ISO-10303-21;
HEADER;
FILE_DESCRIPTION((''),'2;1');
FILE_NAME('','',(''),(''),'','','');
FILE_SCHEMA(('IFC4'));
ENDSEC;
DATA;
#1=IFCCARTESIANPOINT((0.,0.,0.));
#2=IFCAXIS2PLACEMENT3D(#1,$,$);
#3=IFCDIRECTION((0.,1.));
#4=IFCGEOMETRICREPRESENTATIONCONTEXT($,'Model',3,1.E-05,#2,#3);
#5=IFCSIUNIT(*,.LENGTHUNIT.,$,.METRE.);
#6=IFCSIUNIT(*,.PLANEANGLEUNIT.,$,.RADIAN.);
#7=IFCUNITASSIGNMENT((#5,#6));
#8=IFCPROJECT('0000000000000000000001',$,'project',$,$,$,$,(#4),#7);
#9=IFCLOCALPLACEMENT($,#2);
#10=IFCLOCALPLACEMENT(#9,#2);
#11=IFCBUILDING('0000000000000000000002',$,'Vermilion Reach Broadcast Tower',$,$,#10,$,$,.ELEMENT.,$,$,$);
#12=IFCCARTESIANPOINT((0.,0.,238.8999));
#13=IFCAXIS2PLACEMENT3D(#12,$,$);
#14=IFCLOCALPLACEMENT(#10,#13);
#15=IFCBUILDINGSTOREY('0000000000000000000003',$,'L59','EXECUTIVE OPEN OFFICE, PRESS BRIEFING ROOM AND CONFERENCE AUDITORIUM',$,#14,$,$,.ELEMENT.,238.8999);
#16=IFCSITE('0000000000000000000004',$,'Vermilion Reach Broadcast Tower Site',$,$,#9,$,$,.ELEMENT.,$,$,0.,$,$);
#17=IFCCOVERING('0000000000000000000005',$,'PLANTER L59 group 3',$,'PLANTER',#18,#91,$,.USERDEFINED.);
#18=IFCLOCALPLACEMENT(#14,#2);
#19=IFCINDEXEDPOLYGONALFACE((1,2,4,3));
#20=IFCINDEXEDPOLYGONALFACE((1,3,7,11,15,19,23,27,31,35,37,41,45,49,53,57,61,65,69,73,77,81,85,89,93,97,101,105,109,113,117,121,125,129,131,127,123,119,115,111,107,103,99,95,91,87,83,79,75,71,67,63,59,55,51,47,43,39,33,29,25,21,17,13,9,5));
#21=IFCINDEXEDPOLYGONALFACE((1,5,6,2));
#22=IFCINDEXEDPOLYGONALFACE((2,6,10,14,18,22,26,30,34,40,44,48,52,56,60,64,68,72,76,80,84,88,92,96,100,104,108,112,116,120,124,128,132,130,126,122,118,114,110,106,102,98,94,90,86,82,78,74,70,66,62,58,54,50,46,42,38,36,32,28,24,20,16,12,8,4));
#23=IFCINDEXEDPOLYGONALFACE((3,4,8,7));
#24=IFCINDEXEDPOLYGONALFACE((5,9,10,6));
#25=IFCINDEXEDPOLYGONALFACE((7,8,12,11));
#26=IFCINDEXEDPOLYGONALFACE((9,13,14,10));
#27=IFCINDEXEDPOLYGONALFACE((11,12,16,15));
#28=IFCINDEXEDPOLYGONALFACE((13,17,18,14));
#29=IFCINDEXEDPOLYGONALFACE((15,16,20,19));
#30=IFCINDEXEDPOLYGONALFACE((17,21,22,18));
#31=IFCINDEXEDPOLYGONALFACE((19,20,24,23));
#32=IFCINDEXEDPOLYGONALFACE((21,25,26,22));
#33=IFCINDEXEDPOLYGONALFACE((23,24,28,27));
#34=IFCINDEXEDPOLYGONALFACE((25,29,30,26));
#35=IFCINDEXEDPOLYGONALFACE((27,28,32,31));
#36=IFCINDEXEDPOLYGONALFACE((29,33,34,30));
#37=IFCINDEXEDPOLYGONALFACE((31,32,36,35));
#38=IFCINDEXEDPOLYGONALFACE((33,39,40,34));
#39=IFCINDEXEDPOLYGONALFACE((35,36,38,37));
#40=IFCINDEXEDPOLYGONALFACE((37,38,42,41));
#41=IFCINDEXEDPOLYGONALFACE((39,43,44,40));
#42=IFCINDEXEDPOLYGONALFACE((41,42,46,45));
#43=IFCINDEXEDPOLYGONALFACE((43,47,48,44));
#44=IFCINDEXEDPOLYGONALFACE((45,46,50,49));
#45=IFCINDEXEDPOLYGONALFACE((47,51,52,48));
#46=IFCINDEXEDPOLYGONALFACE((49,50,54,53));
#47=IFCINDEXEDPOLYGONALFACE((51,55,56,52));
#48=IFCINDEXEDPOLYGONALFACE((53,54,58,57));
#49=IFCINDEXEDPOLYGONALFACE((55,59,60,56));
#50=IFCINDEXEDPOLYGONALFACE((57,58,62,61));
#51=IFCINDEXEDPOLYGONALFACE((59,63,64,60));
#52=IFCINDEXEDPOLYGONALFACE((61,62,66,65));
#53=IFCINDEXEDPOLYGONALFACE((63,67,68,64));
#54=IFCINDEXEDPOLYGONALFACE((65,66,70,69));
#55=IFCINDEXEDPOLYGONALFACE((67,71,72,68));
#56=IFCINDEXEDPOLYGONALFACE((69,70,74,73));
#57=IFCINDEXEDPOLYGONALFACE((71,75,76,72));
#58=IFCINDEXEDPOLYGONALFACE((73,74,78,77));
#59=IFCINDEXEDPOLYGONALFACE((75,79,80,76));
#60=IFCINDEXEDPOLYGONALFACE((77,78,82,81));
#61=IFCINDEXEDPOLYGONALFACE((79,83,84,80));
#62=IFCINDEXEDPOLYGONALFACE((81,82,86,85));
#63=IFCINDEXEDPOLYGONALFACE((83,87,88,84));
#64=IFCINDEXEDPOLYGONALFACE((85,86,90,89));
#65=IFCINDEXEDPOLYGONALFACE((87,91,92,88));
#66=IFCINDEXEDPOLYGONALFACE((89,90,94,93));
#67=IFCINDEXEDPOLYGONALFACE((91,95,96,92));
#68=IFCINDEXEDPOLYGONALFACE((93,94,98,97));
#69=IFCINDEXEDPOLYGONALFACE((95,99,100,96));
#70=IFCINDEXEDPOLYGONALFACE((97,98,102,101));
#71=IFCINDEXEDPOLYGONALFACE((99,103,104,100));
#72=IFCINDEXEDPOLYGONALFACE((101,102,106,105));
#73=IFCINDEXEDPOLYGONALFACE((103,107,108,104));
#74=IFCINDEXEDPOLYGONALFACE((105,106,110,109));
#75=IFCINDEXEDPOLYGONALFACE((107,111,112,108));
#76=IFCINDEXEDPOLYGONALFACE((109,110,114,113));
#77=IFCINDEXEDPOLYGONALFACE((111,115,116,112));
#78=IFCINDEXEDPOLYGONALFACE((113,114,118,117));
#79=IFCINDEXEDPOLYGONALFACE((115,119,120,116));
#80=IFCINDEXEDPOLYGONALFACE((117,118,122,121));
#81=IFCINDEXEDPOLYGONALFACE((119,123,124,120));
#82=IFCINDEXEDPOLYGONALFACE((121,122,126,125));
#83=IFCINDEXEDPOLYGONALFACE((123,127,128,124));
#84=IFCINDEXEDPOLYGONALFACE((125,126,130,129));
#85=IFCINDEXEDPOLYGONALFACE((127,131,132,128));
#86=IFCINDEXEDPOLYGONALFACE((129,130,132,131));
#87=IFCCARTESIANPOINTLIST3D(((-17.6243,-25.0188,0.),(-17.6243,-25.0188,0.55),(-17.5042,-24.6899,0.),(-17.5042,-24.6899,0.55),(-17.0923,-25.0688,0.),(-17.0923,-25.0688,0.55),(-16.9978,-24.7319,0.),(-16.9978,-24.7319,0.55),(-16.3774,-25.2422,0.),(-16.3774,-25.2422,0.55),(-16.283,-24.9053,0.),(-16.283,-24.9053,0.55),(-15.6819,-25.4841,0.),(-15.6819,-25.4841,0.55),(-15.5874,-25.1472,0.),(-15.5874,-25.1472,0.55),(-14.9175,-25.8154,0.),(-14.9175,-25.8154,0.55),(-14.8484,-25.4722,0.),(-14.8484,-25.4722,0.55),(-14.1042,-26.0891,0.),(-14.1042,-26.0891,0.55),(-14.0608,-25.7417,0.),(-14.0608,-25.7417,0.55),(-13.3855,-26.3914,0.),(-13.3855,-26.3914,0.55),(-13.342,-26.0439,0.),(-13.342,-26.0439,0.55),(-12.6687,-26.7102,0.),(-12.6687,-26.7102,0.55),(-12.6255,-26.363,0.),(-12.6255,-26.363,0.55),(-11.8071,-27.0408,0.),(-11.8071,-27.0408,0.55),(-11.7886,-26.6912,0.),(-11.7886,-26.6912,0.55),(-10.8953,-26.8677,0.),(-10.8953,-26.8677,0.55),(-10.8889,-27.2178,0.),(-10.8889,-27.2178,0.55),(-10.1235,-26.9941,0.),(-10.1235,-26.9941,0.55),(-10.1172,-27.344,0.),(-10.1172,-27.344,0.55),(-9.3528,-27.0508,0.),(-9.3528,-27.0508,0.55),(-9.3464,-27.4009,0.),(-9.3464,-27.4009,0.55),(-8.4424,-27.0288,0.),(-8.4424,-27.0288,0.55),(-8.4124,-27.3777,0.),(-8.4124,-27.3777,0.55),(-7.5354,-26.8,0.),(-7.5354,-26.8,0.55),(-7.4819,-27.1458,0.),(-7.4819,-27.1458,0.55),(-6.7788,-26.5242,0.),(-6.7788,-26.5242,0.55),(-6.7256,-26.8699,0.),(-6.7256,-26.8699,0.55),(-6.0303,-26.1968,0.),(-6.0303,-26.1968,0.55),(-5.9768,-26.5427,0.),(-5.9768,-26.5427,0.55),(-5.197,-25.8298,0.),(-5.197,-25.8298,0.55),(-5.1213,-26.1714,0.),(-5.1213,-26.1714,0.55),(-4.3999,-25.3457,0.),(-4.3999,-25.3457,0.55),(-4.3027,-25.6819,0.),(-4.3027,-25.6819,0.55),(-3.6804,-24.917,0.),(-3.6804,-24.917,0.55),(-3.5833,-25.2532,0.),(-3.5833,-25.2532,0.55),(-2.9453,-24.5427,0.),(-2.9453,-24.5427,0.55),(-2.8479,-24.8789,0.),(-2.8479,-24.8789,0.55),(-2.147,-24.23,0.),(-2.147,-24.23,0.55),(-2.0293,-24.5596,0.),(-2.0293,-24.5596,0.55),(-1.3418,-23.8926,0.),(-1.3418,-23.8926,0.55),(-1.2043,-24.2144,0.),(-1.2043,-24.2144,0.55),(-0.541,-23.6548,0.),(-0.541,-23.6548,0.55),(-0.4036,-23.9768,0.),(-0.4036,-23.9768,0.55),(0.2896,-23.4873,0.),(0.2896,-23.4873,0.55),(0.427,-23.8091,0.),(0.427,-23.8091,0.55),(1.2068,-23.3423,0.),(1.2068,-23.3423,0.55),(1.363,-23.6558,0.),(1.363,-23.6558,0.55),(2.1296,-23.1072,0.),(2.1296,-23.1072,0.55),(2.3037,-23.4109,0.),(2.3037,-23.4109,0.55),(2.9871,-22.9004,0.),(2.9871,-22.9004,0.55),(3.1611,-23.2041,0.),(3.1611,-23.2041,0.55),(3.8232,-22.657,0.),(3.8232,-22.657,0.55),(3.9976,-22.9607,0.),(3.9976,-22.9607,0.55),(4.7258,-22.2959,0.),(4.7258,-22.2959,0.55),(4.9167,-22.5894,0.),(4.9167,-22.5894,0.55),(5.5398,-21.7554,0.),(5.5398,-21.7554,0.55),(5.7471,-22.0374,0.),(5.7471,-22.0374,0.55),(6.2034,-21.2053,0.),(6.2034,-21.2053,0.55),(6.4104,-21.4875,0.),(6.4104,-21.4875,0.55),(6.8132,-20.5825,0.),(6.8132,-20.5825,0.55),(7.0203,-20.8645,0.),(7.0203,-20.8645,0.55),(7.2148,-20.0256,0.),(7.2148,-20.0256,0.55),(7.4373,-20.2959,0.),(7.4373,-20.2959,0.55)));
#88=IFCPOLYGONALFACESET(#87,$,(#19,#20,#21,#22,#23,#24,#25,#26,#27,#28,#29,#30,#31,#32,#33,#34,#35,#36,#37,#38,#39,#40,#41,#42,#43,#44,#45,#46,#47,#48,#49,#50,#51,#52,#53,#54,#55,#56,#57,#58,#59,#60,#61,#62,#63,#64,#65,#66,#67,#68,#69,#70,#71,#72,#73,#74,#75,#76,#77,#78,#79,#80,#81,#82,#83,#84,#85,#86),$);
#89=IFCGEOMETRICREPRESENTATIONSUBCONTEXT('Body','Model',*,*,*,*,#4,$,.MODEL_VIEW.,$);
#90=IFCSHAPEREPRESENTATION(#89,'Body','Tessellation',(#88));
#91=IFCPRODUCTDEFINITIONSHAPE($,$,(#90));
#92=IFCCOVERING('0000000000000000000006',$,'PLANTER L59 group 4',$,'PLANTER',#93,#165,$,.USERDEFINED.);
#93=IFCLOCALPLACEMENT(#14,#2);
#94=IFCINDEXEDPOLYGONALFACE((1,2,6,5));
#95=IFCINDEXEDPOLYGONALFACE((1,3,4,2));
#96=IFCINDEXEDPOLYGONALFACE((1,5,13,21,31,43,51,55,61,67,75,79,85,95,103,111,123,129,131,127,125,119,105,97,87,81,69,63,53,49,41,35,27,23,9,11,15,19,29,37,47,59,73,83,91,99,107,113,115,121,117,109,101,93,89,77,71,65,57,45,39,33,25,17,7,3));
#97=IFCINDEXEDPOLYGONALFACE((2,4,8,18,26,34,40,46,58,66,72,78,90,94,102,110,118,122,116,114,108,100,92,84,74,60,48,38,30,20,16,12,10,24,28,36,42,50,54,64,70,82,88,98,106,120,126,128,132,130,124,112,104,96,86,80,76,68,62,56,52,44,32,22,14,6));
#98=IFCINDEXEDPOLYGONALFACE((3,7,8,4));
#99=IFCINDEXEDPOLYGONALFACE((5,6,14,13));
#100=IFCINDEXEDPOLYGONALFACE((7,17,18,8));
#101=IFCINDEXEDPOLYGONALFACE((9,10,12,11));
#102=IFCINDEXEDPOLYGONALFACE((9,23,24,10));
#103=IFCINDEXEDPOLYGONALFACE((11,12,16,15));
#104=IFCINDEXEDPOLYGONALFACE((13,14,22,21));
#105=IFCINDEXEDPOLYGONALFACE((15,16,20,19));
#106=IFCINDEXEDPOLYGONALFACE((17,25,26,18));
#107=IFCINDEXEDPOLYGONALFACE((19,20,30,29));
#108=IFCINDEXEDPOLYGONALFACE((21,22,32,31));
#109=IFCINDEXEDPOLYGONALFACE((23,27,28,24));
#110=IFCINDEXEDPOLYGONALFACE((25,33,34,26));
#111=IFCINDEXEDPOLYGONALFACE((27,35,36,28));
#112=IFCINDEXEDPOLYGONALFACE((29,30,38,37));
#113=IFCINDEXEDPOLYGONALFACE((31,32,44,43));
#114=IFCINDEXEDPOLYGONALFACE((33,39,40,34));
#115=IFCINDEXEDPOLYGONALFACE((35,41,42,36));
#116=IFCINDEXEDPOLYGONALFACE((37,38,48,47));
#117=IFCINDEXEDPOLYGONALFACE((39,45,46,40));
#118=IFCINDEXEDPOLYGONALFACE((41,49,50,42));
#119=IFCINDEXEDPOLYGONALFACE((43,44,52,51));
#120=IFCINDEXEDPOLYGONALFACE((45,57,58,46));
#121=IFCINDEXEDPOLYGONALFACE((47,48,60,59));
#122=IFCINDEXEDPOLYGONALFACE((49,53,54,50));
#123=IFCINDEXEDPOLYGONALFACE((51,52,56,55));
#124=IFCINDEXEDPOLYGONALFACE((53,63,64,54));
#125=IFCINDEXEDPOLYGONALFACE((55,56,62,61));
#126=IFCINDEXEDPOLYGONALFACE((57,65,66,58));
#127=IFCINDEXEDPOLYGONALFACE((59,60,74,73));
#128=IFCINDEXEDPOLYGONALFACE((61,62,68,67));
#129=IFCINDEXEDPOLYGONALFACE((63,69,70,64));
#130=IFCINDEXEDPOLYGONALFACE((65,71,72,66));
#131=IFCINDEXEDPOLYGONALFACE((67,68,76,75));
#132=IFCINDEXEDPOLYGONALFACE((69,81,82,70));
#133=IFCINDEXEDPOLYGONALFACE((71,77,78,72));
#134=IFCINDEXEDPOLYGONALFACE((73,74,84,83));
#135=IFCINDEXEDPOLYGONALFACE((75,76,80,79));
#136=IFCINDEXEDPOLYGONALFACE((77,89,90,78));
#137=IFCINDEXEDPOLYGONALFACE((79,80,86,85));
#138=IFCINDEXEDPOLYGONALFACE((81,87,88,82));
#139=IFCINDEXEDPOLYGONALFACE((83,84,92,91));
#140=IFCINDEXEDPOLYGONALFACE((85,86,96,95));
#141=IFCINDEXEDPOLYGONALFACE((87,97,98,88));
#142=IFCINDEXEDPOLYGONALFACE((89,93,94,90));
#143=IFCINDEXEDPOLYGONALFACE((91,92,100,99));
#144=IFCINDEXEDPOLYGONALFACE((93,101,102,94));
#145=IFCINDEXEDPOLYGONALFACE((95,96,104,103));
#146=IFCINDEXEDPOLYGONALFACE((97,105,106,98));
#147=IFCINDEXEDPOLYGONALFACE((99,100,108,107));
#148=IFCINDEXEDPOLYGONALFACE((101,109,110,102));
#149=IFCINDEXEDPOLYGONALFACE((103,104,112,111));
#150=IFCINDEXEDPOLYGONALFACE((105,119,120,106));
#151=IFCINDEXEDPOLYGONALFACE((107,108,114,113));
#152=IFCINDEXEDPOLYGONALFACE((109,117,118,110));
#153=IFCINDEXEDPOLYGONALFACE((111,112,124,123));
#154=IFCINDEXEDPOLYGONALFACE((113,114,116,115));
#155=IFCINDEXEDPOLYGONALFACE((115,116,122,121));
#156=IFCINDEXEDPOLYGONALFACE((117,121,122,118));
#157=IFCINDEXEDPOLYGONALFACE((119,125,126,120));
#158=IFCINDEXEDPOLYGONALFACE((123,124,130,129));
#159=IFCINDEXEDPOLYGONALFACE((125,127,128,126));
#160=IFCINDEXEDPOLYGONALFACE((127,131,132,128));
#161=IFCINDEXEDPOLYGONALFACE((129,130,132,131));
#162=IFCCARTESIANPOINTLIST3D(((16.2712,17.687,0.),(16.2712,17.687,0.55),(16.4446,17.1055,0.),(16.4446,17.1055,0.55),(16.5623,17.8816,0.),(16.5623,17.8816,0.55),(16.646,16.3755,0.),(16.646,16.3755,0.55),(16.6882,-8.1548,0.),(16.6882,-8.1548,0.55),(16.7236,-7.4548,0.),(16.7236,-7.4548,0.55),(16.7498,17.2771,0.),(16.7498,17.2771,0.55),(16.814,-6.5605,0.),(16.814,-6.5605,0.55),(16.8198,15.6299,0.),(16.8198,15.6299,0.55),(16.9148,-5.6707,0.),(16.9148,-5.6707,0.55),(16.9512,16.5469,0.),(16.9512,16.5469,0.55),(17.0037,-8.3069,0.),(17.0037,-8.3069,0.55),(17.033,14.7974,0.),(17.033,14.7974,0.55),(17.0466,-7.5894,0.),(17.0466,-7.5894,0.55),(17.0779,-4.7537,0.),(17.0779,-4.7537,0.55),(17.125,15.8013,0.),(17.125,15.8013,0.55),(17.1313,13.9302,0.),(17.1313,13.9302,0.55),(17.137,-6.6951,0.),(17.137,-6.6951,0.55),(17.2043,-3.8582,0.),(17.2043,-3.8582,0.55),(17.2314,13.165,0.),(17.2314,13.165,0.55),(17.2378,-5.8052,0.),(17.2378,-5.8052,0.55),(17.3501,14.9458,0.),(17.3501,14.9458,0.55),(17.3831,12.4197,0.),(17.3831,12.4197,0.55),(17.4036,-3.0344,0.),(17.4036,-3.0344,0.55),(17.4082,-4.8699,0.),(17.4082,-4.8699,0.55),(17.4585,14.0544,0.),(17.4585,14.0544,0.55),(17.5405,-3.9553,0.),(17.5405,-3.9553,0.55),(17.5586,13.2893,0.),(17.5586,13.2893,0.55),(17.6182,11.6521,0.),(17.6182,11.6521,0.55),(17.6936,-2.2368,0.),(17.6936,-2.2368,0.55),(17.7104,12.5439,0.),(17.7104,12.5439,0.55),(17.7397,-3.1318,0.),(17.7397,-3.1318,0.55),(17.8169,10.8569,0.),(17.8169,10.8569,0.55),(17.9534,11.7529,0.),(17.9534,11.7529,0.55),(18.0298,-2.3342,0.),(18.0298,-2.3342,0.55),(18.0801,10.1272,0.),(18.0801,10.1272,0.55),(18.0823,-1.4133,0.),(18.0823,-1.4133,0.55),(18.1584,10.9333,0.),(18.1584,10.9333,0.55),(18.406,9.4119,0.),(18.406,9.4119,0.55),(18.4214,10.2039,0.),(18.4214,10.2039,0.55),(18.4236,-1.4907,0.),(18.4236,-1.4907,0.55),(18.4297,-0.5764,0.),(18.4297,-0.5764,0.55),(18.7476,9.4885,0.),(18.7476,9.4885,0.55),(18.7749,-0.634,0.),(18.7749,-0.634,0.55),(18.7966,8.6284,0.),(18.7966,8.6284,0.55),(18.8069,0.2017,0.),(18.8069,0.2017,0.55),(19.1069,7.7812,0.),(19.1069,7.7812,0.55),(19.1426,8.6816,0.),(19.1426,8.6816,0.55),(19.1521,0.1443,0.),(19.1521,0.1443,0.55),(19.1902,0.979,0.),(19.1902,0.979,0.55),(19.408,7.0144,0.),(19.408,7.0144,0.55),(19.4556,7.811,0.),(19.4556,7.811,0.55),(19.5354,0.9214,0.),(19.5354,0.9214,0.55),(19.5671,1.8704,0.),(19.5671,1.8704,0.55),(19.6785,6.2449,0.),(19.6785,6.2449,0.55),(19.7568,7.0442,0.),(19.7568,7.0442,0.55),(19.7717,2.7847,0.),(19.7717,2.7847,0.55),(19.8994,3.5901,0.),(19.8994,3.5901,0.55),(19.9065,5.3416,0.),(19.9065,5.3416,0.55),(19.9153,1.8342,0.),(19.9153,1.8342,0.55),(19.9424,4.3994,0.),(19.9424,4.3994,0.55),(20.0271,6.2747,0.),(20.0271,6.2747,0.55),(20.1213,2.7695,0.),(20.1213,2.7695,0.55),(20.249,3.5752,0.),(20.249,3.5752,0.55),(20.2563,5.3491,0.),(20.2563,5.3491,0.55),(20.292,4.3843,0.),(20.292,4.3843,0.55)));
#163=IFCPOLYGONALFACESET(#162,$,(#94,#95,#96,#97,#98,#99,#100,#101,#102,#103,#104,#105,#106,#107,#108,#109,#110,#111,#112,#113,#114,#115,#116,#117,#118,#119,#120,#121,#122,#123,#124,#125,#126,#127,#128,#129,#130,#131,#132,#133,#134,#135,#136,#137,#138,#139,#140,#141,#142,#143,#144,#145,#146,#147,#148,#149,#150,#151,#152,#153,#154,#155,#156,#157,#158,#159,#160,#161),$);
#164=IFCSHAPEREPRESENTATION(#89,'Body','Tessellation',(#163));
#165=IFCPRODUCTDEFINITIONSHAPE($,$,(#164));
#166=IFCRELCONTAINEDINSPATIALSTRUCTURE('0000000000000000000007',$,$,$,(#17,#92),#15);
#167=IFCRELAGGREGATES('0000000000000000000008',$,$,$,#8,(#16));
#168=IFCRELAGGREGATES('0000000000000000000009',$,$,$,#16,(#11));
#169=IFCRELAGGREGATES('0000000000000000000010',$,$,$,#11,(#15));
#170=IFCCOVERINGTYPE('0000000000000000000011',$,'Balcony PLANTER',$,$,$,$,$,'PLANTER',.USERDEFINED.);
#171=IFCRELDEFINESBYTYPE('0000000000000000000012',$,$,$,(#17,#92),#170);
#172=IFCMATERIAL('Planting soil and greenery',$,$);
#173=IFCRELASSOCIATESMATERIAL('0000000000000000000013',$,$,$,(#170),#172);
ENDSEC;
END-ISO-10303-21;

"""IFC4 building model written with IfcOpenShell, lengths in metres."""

from ifc_helpers import new_model, si_unit, direction, frame, origin, place, context, subcontext, project, spatial, polyline, outline, extrude, material, type_object, element, save


model = new_model("IFC4")

# Units and contexts
model_context = context("Model", 3, precision=1e-05, world=origin(), true_north=direction((0.0, 1.0)))
body_context = subcontext(model_context, "Body", "Model", "MODEL_VIEW")
ifc_project = project(units=[si_unit("LENGTHUNIT", "METRE"), si_unit("PLANEANGLEUNIT", "RADIAN")], contexts=[model_context])

# Site, building, storey
site_placement = place(None, origin())
site = spatial("IfcSite", under=ifc_project, at=site_placement, Name="Vermilion Reach Broadcast Tower Site", CompositionType="ELEMENT", RefElevation=0.0)
building_placement = place(site_placement, origin())
building = spatial("IfcBuilding", under=site, at=building_placement, Name="Vermilion Reach Broadcast Tower", CompositionType="ELEMENT")
storey_placement = place(building_placement, frame((0.0, 0.0, 238.8999)))
storey = spatial("IfcBuildingStorey", under=building, at=storey_placement, Name="L59", Description="EXECUTIVE OPEN OFFICE, PRESS BRIEFING ROOM AND CONFERENCE AUDITORIUM", CompositionType="ELEMENT", Elevation=238.8999)

# Shared definitions
placement_1 = place(storey_placement, origin())

# Coverings
ifc_material_1 = material(Name="Planting soil and greenery")
covering_type = type_object("IfcCoveringType", Name="Balcony PLANTER", ElementType="PLANTER", PredefinedType="USERDEFINED", material=ifc_material_1)
element("IfcCovering", 1, at=placement_1, inside=storey, type_object=covering_type, Name="PLANTER L59 group 3", ObjectType="PLANTER", PredefinedType="USERDEFINED", context=body_context, shape_type="SweptSolid", body=[
    extrude(outline(polyline([(-17.6243, -25.0188), (-17.0923, -25.0688), (-16.3774, -25.2422), (-15.6819, -25.4841), (-14.9175, -25.8154), (-14.1042, -26.0891), (-13.3855, -26.3914), (-12.6687, -26.7102), (-11.8071, -27.0408), (-10.8889, -27.2178), (-10.1172, -27.344), (-9.3464, -27.4009), (-8.4124, -27.3777), (-7.4819, -27.1458), (-6.7256, -26.8699), (-5.9768, -26.5427), (-5.1213, -26.1714), (-4.3027, -25.6819), (-3.5833, -25.2532), (-2.8479, -24.8789), (-2.0293, -24.5596), (-1.2043, -24.2144), (-0.4036, -23.9768), (0.427, -23.8091), (1.363, -23.6558), (2.3037, -23.4109), (3.1611, -23.2041), (3.9976, -22.9607), (4.9167, -22.5894), (5.7471, -22.0374), (6.4104, -21.4875), (7.0203, -20.8645), (7.4373, -20.2959), (7.2148, -20.0256), (6.8132, -20.5825), (6.2034, -21.2053), (5.5398, -21.7554), (4.7258, -22.2959), (3.8232, -22.657), (2.9871, -22.9004), (2.1296, -23.1072), (1.2068, -23.3423), (0.2896, -23.4873), (-0.541, -23.6548), (-1.3418, -23.8926), (-2.147, -24.23), (-2.9453, -24.5427), (-3.6804, -24.917), (-4.3999, -25.3457), (-5.197, -25.8298), (-6.0303, -26.1968), (-6.7788, -26.5242), (-7.5354, -26.8), (-8.4424, -27.0288), (-9.3528, -27.0508), (-10.1235, -26.9941), (-10.8953, -26.8677), (-11.7886, -26.6912), (-12.6255, -26.363), (-13.342, -26.0439), (-14.0608, -25.7417), (-14.8484, -25.4722), (-15.5874, -25.1472), (-16.283, -24.9053), (-16.9978, -24.7319), (-17.5042, -24.6899), (-17.6243, -25.0188)])), origin(), (0.0, 0.0, 1.0), 0.55),
])
element("IfcCovering", 2, at=placement_1, inside=storey, type_object=covering_type, Name="PLANTER L59 group 4", ObjectType="PLANTER", PredefinedType="USERDEFINED", context=body_context, shape_type="SweptSolid", body=[
    extrude(outline(polyline([(17.0037, -8.3069), (17.0466, -7.5894), (17.137, -6.6951), (17.2378, -5.8052), (17.4082, -4.8699), (17.5405, -3.9553), (17.7397, -3.1318), (18.0298, -2.3342), (18.4236, -1.4907), (18.7749, -0.634), (19.1521, 0.1443), (19.5354, 0.9214), (19.9153, 1.8342), (20.1213, 2.7695), (20.249, 3.5752), (20.292, 4.3843), (20.2563, 5.3491), (20.0271, 6.2747), (19.7568, 7.0442), (19.4556, 7.811), (19.1426, 8.6816), (18.7476, 9.4885), (18.4214, 10.2039), (18.1584, 10.9333), (17.9534, 11.7529), (17.7104, 12.5439), (17.5586, 13.2893), (17.4585, 14.0544), (17.3501, 14.9458), (17.125, 15.8013), (16.9512, 16.5469), (16.7498, 17.2771), (16.5623, 17.8816), (16.2712, 17.687), (16.4446, 17.1055), (16.646, 16.3755), (16.8198, 15.6299), (17.033, 14.7974), (17.1313, 13.9302), (17.2314, 13.165), (17.3831, 12.4197), (17.6182, 11.6521), (17.8169, 10.8569), (18.0801, 10.1272), (18.406, 9.4119), (18.7966, 8.6284), (19.1069, 7.7812), (19.408, 7.0144), (19.6785, 6.2449), (19.9065, 5.3416), (19.9424, 4.3994), (19.8994, 3.5901), (19.7717, 2.7847), (19.5671, 1.8704), (19.1902, 0.979), (18.8069, 0.2017), (18.4297, -0.5764), (18.0823, -1.4133), (17.6936, -2.2368), (17.4036, -3.0344), (17.2043, -3.8582), (17.0779, -4.7537), (16.9148, -5.6707), (16.814, -6.5605), (16.7236, -7.4548), (16.6882, -8.1548), (17.0037, -8.3069)])), origin(), (0.0, 0.0, 1.0), 0.55),
])

save(model, "model.ifc")
